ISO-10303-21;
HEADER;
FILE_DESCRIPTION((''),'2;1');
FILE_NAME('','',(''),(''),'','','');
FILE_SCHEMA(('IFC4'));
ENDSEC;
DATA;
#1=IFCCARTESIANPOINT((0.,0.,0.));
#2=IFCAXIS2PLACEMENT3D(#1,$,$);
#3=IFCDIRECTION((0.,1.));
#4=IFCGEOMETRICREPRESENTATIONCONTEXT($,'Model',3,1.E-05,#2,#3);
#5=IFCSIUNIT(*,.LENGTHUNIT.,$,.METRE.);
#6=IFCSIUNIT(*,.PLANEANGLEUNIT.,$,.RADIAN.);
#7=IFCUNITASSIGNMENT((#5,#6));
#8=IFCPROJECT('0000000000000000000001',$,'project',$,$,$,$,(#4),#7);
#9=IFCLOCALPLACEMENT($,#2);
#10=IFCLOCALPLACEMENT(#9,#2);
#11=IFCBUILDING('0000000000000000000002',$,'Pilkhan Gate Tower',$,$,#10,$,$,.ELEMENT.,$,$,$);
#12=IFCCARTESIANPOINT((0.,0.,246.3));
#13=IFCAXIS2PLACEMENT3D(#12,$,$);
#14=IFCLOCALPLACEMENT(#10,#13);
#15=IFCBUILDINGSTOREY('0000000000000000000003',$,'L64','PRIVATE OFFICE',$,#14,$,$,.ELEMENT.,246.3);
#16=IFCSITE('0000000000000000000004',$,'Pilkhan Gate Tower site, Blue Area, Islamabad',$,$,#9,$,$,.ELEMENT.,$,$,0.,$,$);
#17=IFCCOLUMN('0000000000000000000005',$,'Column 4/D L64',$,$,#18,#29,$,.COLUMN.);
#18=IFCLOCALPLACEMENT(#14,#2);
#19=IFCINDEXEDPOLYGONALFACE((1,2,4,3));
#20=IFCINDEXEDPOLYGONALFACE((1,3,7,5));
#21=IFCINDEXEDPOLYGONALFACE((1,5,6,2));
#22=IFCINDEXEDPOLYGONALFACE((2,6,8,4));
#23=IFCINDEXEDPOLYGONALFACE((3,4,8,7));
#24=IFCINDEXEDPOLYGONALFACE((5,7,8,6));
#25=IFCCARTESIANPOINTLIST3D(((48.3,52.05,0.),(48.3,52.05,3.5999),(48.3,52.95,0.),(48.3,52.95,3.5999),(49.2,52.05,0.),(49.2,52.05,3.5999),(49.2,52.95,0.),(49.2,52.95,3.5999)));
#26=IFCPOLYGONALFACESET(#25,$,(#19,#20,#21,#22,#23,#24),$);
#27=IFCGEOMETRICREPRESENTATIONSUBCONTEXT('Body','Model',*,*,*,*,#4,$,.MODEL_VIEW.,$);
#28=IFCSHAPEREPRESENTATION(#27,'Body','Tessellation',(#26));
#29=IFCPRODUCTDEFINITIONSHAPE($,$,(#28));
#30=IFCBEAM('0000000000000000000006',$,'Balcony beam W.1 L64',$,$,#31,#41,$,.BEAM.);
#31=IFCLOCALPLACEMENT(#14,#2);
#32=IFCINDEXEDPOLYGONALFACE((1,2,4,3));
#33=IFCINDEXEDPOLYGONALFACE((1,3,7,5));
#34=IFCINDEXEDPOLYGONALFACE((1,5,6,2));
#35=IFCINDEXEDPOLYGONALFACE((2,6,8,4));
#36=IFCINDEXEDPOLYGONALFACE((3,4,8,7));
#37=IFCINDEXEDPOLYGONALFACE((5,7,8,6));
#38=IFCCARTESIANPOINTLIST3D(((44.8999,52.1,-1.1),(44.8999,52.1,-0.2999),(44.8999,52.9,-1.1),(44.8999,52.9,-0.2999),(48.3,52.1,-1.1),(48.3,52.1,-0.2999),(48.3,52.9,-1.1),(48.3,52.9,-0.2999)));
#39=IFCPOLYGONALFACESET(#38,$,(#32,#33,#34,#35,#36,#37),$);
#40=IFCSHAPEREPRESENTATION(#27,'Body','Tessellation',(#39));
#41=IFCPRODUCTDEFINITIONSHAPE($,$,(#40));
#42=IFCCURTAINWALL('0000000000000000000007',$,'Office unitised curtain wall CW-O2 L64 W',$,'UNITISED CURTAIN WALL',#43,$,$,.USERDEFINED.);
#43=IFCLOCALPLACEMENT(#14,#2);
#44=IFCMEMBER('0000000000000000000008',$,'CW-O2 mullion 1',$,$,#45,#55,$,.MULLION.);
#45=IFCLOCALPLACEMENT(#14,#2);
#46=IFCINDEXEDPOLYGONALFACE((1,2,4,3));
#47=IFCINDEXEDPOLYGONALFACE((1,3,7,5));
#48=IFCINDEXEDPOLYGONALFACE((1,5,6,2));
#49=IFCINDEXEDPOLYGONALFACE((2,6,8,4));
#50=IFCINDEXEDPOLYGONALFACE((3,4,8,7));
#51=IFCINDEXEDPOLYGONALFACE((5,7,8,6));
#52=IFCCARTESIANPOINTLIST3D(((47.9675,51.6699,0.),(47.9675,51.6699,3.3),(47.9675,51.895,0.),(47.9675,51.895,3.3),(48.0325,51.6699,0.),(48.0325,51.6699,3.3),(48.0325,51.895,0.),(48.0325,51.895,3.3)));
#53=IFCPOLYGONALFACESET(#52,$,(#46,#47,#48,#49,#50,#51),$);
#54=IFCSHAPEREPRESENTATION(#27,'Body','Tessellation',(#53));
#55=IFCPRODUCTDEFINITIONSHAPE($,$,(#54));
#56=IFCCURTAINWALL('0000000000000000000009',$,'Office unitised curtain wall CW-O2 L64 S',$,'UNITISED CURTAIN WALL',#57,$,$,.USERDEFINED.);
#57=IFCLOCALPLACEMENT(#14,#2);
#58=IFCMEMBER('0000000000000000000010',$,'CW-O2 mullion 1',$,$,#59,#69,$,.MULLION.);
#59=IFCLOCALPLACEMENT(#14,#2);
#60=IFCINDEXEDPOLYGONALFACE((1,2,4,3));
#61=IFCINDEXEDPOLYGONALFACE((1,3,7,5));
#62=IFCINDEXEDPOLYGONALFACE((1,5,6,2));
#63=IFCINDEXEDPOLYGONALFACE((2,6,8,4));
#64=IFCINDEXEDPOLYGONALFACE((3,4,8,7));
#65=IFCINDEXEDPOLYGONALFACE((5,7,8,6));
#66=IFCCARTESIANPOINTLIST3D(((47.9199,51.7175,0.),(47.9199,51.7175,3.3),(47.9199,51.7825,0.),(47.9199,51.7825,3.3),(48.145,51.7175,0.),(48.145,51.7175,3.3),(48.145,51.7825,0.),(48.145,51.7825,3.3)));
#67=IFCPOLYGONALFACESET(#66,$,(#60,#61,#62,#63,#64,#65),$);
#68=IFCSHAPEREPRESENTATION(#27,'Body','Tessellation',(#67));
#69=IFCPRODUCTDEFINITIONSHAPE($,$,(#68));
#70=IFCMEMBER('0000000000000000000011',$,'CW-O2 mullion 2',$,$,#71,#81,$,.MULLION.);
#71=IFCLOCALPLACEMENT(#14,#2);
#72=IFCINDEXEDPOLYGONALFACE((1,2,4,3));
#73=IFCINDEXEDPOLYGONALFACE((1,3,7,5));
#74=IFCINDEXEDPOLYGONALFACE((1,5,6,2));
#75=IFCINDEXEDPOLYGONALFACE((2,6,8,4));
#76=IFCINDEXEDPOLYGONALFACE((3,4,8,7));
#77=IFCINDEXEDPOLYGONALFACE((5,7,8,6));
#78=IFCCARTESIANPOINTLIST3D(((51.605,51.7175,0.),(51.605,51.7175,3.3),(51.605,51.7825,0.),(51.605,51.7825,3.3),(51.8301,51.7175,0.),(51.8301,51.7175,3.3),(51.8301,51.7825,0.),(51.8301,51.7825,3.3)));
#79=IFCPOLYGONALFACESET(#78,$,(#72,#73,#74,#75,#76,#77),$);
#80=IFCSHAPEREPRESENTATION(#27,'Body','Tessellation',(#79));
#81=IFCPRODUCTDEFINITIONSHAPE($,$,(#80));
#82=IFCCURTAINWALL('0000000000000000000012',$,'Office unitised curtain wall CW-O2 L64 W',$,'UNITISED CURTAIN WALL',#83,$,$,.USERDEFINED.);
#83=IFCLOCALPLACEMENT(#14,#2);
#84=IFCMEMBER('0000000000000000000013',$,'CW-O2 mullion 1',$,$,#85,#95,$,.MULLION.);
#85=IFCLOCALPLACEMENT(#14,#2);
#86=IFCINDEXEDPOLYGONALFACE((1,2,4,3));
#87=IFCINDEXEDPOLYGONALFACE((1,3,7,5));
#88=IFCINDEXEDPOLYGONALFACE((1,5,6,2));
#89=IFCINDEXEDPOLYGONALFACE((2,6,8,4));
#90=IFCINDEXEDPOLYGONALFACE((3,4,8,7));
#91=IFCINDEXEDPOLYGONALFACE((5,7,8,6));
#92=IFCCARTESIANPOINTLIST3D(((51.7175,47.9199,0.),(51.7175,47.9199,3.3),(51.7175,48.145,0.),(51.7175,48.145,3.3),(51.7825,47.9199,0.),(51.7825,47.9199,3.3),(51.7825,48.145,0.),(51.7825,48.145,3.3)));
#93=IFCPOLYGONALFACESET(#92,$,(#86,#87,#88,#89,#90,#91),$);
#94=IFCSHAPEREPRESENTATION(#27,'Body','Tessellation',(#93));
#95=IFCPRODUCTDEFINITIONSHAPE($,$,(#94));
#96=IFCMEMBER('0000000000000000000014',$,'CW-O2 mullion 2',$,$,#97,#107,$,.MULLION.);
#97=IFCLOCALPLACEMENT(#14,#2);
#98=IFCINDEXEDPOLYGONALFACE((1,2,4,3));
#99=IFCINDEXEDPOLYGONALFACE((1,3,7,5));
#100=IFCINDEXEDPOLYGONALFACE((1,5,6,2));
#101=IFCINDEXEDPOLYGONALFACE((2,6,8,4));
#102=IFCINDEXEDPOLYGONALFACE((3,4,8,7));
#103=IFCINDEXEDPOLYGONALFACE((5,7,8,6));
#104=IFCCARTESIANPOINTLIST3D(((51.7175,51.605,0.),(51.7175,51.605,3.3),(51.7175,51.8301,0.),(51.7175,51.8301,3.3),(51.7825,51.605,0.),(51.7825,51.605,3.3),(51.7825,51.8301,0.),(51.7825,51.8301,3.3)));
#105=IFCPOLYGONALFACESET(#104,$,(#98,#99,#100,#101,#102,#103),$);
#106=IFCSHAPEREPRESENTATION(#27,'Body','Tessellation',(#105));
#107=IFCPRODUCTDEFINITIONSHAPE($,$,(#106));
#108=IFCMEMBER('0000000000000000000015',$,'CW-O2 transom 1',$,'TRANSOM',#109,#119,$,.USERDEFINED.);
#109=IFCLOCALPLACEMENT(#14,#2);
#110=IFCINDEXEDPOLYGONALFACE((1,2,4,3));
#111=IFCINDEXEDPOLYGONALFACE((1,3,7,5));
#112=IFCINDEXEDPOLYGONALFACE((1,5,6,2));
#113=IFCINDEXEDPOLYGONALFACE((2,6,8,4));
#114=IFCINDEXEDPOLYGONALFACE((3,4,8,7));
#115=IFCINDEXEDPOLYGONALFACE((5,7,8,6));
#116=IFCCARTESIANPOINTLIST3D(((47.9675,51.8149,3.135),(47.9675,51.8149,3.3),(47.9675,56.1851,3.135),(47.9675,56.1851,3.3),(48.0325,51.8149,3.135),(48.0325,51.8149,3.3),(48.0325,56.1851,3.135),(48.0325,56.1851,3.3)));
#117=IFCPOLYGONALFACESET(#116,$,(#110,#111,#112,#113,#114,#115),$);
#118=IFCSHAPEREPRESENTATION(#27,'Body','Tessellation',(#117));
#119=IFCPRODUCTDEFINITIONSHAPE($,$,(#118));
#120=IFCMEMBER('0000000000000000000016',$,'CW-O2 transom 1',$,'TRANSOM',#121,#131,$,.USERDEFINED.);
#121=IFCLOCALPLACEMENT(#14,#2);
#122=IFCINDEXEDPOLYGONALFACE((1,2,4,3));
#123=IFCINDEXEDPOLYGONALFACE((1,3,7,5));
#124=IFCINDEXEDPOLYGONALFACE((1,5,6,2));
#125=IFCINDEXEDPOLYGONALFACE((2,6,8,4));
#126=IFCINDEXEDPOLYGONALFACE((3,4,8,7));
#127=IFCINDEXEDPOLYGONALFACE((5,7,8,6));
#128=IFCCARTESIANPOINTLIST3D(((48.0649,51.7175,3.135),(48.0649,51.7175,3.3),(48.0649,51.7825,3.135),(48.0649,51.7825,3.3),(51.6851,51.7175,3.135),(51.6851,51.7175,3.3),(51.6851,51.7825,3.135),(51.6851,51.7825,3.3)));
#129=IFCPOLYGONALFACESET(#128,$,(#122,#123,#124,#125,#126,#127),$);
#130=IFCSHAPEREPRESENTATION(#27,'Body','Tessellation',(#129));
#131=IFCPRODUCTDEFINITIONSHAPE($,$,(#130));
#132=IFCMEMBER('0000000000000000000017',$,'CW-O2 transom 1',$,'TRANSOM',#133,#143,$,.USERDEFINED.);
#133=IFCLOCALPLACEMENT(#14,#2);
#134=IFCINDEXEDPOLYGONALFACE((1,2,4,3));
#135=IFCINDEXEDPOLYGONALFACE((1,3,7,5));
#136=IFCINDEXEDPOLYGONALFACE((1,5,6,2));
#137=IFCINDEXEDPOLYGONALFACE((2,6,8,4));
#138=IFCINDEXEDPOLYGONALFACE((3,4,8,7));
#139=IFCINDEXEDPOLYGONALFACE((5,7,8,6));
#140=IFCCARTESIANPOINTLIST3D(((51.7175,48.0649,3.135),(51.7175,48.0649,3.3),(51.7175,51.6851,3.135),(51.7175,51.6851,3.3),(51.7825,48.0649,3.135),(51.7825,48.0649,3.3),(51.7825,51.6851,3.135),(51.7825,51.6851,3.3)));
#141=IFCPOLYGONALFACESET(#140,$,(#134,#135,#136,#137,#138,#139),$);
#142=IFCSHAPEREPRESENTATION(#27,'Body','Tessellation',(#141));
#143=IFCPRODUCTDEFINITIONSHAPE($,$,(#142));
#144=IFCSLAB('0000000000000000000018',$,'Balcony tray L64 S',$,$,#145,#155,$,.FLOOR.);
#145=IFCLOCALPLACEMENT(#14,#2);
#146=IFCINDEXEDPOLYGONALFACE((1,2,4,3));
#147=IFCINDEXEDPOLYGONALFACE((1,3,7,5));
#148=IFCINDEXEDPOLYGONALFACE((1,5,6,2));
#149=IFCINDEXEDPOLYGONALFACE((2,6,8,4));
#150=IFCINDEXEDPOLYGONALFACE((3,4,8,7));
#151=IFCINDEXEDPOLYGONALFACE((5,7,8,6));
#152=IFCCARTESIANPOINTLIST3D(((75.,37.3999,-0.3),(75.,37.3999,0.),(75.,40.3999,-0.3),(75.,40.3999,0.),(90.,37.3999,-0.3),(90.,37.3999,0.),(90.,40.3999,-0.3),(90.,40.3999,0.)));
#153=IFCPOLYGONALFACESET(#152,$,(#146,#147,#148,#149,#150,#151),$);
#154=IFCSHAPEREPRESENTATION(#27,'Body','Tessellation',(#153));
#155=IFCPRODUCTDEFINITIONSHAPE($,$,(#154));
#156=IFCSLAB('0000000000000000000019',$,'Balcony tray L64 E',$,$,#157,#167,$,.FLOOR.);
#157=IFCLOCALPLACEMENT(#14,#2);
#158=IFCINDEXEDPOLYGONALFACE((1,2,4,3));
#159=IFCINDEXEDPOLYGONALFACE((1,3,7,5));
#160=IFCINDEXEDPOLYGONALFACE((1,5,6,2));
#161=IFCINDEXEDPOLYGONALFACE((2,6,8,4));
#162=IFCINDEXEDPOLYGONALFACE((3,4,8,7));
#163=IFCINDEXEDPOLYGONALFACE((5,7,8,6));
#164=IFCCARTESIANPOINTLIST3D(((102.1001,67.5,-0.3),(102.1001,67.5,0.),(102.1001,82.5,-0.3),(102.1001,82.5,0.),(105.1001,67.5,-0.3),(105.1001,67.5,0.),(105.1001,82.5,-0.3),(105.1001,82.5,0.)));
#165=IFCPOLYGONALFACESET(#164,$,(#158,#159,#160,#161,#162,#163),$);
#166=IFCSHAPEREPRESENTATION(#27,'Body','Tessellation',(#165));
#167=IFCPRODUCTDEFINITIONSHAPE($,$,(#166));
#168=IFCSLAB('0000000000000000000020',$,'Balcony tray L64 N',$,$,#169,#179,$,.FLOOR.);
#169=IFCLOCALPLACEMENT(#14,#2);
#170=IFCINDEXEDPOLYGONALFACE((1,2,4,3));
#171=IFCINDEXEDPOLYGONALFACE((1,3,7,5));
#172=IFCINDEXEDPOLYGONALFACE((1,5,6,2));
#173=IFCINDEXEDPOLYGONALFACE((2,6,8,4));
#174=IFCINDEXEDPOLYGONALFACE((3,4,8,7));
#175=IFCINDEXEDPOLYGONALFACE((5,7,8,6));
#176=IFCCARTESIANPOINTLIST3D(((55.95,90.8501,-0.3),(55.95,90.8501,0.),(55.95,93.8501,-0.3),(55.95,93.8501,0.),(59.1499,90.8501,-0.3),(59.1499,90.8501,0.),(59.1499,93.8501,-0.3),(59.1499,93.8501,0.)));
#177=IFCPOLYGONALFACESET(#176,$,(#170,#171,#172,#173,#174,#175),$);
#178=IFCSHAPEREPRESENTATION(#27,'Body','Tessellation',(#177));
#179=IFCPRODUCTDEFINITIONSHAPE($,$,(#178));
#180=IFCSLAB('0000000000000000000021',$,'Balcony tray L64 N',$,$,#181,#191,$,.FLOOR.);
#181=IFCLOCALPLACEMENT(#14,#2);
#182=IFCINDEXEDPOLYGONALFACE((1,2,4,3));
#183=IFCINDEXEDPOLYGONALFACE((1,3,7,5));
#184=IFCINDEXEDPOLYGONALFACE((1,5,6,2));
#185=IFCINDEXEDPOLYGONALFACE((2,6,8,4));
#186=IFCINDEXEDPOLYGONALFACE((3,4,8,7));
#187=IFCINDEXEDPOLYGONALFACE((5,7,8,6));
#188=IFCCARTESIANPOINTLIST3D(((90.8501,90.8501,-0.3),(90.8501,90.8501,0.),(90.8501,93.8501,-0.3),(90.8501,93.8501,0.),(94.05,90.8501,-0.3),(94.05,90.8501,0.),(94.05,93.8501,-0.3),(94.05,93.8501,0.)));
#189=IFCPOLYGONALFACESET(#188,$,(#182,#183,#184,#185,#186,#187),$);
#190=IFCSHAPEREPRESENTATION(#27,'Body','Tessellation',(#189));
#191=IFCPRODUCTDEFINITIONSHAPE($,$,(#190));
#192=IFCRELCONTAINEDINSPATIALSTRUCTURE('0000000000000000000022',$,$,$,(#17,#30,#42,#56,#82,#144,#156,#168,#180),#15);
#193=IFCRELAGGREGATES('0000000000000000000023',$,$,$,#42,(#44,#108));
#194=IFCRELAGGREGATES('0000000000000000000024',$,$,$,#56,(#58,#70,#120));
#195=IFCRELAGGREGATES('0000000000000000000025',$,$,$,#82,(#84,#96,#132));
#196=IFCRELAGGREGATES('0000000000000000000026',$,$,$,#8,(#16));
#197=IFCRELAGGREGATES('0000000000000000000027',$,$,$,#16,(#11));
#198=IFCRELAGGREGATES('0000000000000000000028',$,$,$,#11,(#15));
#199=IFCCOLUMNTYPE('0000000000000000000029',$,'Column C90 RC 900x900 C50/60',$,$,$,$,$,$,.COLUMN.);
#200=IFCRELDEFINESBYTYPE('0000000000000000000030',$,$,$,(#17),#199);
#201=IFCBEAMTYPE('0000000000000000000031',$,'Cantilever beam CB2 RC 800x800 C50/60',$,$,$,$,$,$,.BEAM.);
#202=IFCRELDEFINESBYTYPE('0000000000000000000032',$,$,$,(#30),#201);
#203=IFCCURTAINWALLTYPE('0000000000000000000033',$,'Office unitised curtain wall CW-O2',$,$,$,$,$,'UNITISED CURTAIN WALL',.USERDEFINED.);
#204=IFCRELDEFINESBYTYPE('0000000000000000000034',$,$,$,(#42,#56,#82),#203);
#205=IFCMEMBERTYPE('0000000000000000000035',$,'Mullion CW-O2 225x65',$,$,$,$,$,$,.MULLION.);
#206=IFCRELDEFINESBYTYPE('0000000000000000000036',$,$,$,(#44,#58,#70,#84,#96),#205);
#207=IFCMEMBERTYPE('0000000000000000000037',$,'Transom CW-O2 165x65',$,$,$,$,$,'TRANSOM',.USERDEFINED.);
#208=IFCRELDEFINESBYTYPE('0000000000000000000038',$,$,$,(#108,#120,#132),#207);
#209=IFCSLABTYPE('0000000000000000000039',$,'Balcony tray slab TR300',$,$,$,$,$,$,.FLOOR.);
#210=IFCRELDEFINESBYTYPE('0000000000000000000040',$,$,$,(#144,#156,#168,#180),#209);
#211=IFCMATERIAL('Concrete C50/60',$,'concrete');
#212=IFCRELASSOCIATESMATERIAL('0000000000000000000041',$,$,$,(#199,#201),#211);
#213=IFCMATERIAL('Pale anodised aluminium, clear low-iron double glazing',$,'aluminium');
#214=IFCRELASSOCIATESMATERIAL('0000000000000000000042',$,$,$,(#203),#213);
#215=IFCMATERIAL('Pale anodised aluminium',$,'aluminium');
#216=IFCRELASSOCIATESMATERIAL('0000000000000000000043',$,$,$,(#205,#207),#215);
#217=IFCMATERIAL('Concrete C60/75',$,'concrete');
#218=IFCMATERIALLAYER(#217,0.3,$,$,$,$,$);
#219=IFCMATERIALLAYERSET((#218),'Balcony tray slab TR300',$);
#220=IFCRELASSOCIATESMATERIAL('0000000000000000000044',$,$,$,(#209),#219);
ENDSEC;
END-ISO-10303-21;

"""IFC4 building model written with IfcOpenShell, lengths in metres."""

from ifc_helpers import new_model, si_unit, direction, frame, origin, origin_2d, place, context, subcontext, project, spatial, polyline, rectangle, outline, extrude, material, layer, layer_set, material_profile, profile_set, type_object, element, aggregate, save


model = new_model("IFC4")

# Units and contexts
model_context = context("Model", 3, precision=1e-05, world=origin(), true_north=direction((0.0, 1.0)))
body_context = subcontext(model_context, "Body", "Model", "MODEL_VIEW")
ifc_project = project(units=[si_unit("LENGTHUNIT", "METRE"), si_unit("PLANEANGLEUNIT", "RADIAN")], contexts=[model_context])

# Site, building, storey
site_placement = place(None, origin())
site = spatial("IfcSite", under=ifc_project, at=site_placement, Name="Pilkhan Gate Tower site, Blue Area, Islamabad", CompositionType="ELEMENT", RefElevation=0.0)
building_placement = place(site_placement, origin())
building = spatial("IfcBuilding", under=site, at=building_placement, Name="Pilkhan Gate Tower", CompositionType="ELEMENT")
storey_placement = place(building_placement, frame((0.0, 0.0, 246.3)))
storey = spatial("IfcBuildingStorey", under=building, at=storey_placement, Name="L64", Description="PRIVATE OFFICE", CompositionType="ELEMENT", Elevation=246.3)

# Column
ifc_material_1 = material(Name="Concrete C50/60", Category="concrete")
ifc_material_profile_1 = material_profile(ifc_material_1, rectangle(XDim=0.8999, YDim=0.8999, at=origin_2d()), Name="RC 900x900")
ifc_profile_set_1 = profile_set([ifc_material_profile_1], Name="Concrete C50/60")
column_type = type_object("IfcColumnType", Name="Column C90 RC 900x900 C50/60", PredefinedType="COLUMN", material=ifc_profile_set_1)
column_placement = place(storey_placement, frame((48.75, 52.5, 0.0), z_axis=(0.0, 0.0, 1.0), x_axis=(1.0, 0.0, 0.0)))
element("IfcColumn", 1, at=column_placement, inside=storey, type_object=column_type, Name="Column 4/D L64", PredefinedType="COLUMN", context=body_context, shape_type="SweptSolid", body=[
    extrude(rectangle(XDim=0.8999, YDim=0.8999, at=origin_2d()), origin(), (0.0, 0.0, 1.0), 3.5999),
])

# Beam
ifc_material_profile_2 = material_profile(ifc_material_1, rectangle(XDim=0.8, YDim=0.8, at=origin_2d()), Name="RC 800x800")
ifc_profile_set_2 = profile_set([ifc_material_profile_2], Name="Concrete C50/60")
beam_type = type_object("IfcBeamType", Name="Cantilever beam CB2 RC 800x800 C50/60", PredefinedType="BEAM", material=ifc_profile_set_2)
beam_placement = place(storey_placement, frame((48.3, 52.5, -0.7), z_axis=(-1.0, 0.0, 0.0), x_axis=(0.0, -1.0, 0.0)))
element("IfcBeam", 2, at=beam_placement, inside=storey, type_object=beam_type, Name="Balcony beam W.1 L64", PredefinedType="BEAM", context=body_context, shape_type="SweptSolid", body=[
    extrude(rectangle(XDim=0.8, YDim=0.8, at=origin_2d()), origin(), (0.0, 0.0, 1.0), 3.4001),
])

# Curtain wall, member
ifc_material_2 = material(Name="Pale anodised aluminium, clear low-iron double glazing", Category="aluminium")
curtain_wall_type = type_object("IfcCurtainWallType", Name="Office unitised curtain wall CW-O2", ElementType="UNITISED CURTAIN WALL", PredefinedType="USERDEFINED", material=ifc_material_2)
curtain_wall_1_placement = place(storey_placement, origin())
curtain_wall_1 = element("IfcCurtainWall", 3, at=curtain_wall_1_placement, inside=storey, type_object=curtain_wall_type, Name="Office unitised curtain wall CW-O2 L64 W", ObjectType="UNITISED CURTAIN WALL", PredefinedType="USERDEFINED")
ifc_material_3 = material(Name="Pale anodised aluminium", Category="aluminium")
ifc_material_profile_3 = material_profile(ifc_material_3, rectangle(XDim=0.0649, YDim=0.2251, at=origin_2d()), Name="Mullion 225x65")
ifc_profile_set_3 = profile_set([ifc_material_profile_3], Name="Pale anodised aluminium")
member_type_1 = type_object("IfcMemberType", Name="Mullion CW-O2 225x65", PredefinedType="MULLION", material=ifc_profile_set_3)
member_1_placement = place(storey_placement, frame((48.0, 51.7825, 0.0), z_axis=(0.0, 0.0, 1.0), x_axis=(-1.0, 0.0, 0.0)))
member_1 = element("IfcMember", 4, at=member_1_placement, type_object=member_type_1, Name="CW-O2 mullion 1", PredefinedType="MULLION", context=body_context, shape_type="SweptSolid", body=[
    extrude(rectangle(XDim=0.0649, YDim=0.2251, at=origin_2d()), origin(), (0.0, 0.0, 1.0), 3.3),
])

# Curtain walls, members
curtain_wall_2_placement = place(storey_placement, origin())
curtain_wall_2 = element("IfcCurtainWall", 5, at=curtain_wall_2_placement, inside=storey, type_object=curtain_wall_type, Name="Office unitised curtain wall CW-O2 L64 S", ObjectType="UNITISED CURTAIN WALL", PredefinedType="USERDEFINED")
member_2_placement = place(storey_placement, frame((48.0325, 51.75, 0.0), z_axis=(0.0, 0.0, 1.0), x_axis=(0.0, 1.0, 0.0)))
member_2 = element("IfcMember", 6, at=member_2_placement, type_object=member_type_1, Name="CW-O2 mullion 1", PredefinedType="MULLION", context=body_context, shape_type="SweptSolid", body=[
    extrude(rectangle(XDim=0.0649, YDim=0.2251, at=origin_2d()), origin(), (0.0, 0.0, 1.0), 3.3),
])
member_3_placement = place(storey_placement, frame((51.7175, 51.75, 0.0), z_axis=(0.0, 0.0, 1.0), x_axis=(0.0, 1.0, 0.0)))
member_3 = element("IfcMember", 7, at=member_3_placement, type_object=member_type_1, Name="CW-O2 mullion 2", PredefinedType="MULLION", context=body_context, shape_type="SweptSolid", body=[
    extrude(rectangle(XDim=0.0649, YDim=0.2251, at=origin_2d()), origin(), (0.0, 0.0, 1.0), 3.3),
])
curtain_wall_3_placement = place(storey_placement, origin())
curtain_wall_3 = element("IfcCurtainWall", 8, at=curtain_wall_3_placement, inside=storey, type_object=curtain_wall_type, Name="Office unitised curtain wall CW-O2 L64 W", ObjectType="UNITISED CURTAIN WALL", PredefinedType="USERDEFINED")
member_4_placement = place(storey_placement, frame((51.75, 48.0325, 0.0), z_axis=(0.0, 0.0, 1.0), x_axis=(-1.0, 0.0, 0.0)))
member_4 = element("IfcMember", 9, at=member_4_placement, type_object=member_type_1, Name="CW-O2 mullion 1", PredefinedType="MULLION", context=body_context, shape_type="SweptSolid", body=[
    extrude(rectangle(XDim=0.0649, YDim=0.2251, at=origin_2d()), origin(), (0.0, 0.0, 1.0), 3.3),
])
member_5_placement = place(storey_placement, frame((51.75, 51.7175, 0.0), z_axis=(0.0, 0.0, 1.0), x_axis=(-1.0, 0.0, 0.0)))
member_5 = element("IfcMember", 10, at=member_5_placement, type_object=member_type_1, Name="CW-O2 mullion 2", PredefinedType="MULLION", context=body_context, shape_type="SweptSolid", body=[
    extrude(rectangle(XDim=0.0649, YDim=0.2251, at=origin_2d()), origin(), (0.0, 0.0, 1.0), 3.3),
])

# Members
ifc_material_profile_4 = material_profile(ifc_material_3, rectangle(XDim=0.0649, YDim=0.165, at=origin_2d()), Name="Transom 165x65")
ifc_profile_set_4 = profile_set([ifc_material_profile_4], Name="Pale anodised aluminium")
member_type_2 = type_object("IfcMemberType", Name="Transom CW-O2 165x65", ElementType="TRANSOM", PredefinedType="USERDEFINED", material=ifc_profile_set_4)
member_6_placement = place(storey_placement, frame((48.0, 51.8149, 3.2175), z_axis=(0.0, 1.0, 0.0), x_axis=(-1.0, 0.0, 0.0)))
member_6 = element("IfcMember", 11, at=member_6_placement, type_object=member_type_2, Name="CW-O2 transom 1", ObjectType="TRANSOM", PredefinedType="USERDEFINED", context=body_context, shape_type="SweptSolid", body=[
    extrude(rectangle(XDim=0.0649, YDim=0.165, at=origin_2d()), origin(), (0.0, 0.0, 1.0), 4.3701),
])
aggregate(curtain_wall_1, [member_1, member_6])
member_7_placement = place(storey_placement, frame((48.0649, 51.75, 3.2175), z_axis=(1.0, 0.0, 0.0), x_axis=(0.0, 1.0, 0.0)))
member_7 = element("IfcMember", 12, at=member_7_placement, type_object=member_type_2, Name="CW-O2 transom 1", ObjectType="TRANSOM", PredefinedType="USERDEFINED", context=body_context, shape_type="SweptSolid", body=[
    extrude(rectangle(XDim=0.0649, YDim=0.165, at=origin_2d()), origin(), (0.0, 0.0, 1.0), 3.6201),
])
member_8_placement = place(storey_placement, frame((51.75, 48.0649, 3.2175), z_axis=(0.0, 1.0, 0.0), x_axis=(-1.0, 0.0, 0.0)))
member_8 = element("IfcMember", 13, at=member_8_placement, type_object=member_type_2, Name="CW-O2 transom 1", ObjectType="TRANSOM", PredefinedType="USERDEFINED", context=body_context, shape_type="SweptSolid", body=[
    extrude(rectangle(XDim=0.0649, YDim=0.165, at=origin_2d()), origin(), (0.0, 0.0, 1.0), 3.6201),
])

# Slabs
ifc_material_4 = material(Name="Concrete C60/75", Category="concrete")
ifc_layer_1 = layer(ifc_material_4, 0.3)
ifc_layer_set_1 = layer_set([ifc_layer_1], Name="Balcony tray slab TR300")
slab_type_1 = type_object("IfcSlabType", Name="Balcony tray slab TR300", PredefinedType="FLOOR", material=ifc_layer_set_1)
slab_1_placement = place(storey_placement, frame((0.0, 0.0, -0.3)))
element("IfcSlab", 14, at=slab_1_placement, inside=storey, type_object=slab_type_1, Name="Balcony tray L64 S", PredefinedType="FLOOR", context=body_context, shape_type="SweptSolid", body=[
    extrude(outline(polyline([(90.0, 37.3999), (90.0, 40.3999), (75.0, 40.3999), (75.0, 37.3999), (90.0, 37.3999)])), origin(), (0.0, 0.0, 1.0), 0.3),
])
slab_2_placement = place(storey_placement, frame((0.0, 0.0, -0.3)))
element("IfcSlab", 15, at=slab_2_placement, inside=storey, type_object=slab_type_1, Name="Balcony tray L64 E", PredefinedType="FLOOR", context=body_context, shape_type="SweptSolid", body=[
    extrude(outline(polyline([(105.1001, 67.5), (105.1001, 82.5), (102.1001, 82.5), (102.1001, 67.5), (105.1001, 67.5)])), origin(), (0.0, 0.0, 1.0), 0.3),
])
slab_3_placement = place(storey_placement, frame((0.0, 0.0, -0.3)))
element("IfcSlab", 16, at=slab_3_placement, inside=storey, type_object=slab_type_1, Name="Balcony tray L64 N", PredefinedType="FLOOR", context=body_context, shape_type="SweptSolid", body=[
    extrude(outline(polyline([(59.1499, 90.8501), (59.1499, 93.8501), (55.95, 93.8501), (55.95, 90.8501), (59.1499, 90.8501)])), origin(), (0.0, 0.0, 1.0), 0.3),
])
slab_4_placement = place(storey_placement, frame((0.0, 0.0, -0.3)))
element("IfcSlab", 17, at=slab_4_placement, inside=storey, type_object=slab_type_1, Name="Balcony tray L64 N", PredefinedType="FLOOR", context=body_context, shape_type="SweptSolid", body=[
    extrude(outline(polyline([(94.05, 90.8501), (94.05, 93.8501), (90.8501, 93.8501), (90.8501, 90.8501), (94.05, 90.8501)])), origin(), (0.0, 0.0, 1.0), 0.3),
])

aggregate(curtain_wall_2, [member_2, member_3, member_7])
aggregate(curtain_wall_3, [member_4, member_5, member_8])

save(model, "model.ifc")
